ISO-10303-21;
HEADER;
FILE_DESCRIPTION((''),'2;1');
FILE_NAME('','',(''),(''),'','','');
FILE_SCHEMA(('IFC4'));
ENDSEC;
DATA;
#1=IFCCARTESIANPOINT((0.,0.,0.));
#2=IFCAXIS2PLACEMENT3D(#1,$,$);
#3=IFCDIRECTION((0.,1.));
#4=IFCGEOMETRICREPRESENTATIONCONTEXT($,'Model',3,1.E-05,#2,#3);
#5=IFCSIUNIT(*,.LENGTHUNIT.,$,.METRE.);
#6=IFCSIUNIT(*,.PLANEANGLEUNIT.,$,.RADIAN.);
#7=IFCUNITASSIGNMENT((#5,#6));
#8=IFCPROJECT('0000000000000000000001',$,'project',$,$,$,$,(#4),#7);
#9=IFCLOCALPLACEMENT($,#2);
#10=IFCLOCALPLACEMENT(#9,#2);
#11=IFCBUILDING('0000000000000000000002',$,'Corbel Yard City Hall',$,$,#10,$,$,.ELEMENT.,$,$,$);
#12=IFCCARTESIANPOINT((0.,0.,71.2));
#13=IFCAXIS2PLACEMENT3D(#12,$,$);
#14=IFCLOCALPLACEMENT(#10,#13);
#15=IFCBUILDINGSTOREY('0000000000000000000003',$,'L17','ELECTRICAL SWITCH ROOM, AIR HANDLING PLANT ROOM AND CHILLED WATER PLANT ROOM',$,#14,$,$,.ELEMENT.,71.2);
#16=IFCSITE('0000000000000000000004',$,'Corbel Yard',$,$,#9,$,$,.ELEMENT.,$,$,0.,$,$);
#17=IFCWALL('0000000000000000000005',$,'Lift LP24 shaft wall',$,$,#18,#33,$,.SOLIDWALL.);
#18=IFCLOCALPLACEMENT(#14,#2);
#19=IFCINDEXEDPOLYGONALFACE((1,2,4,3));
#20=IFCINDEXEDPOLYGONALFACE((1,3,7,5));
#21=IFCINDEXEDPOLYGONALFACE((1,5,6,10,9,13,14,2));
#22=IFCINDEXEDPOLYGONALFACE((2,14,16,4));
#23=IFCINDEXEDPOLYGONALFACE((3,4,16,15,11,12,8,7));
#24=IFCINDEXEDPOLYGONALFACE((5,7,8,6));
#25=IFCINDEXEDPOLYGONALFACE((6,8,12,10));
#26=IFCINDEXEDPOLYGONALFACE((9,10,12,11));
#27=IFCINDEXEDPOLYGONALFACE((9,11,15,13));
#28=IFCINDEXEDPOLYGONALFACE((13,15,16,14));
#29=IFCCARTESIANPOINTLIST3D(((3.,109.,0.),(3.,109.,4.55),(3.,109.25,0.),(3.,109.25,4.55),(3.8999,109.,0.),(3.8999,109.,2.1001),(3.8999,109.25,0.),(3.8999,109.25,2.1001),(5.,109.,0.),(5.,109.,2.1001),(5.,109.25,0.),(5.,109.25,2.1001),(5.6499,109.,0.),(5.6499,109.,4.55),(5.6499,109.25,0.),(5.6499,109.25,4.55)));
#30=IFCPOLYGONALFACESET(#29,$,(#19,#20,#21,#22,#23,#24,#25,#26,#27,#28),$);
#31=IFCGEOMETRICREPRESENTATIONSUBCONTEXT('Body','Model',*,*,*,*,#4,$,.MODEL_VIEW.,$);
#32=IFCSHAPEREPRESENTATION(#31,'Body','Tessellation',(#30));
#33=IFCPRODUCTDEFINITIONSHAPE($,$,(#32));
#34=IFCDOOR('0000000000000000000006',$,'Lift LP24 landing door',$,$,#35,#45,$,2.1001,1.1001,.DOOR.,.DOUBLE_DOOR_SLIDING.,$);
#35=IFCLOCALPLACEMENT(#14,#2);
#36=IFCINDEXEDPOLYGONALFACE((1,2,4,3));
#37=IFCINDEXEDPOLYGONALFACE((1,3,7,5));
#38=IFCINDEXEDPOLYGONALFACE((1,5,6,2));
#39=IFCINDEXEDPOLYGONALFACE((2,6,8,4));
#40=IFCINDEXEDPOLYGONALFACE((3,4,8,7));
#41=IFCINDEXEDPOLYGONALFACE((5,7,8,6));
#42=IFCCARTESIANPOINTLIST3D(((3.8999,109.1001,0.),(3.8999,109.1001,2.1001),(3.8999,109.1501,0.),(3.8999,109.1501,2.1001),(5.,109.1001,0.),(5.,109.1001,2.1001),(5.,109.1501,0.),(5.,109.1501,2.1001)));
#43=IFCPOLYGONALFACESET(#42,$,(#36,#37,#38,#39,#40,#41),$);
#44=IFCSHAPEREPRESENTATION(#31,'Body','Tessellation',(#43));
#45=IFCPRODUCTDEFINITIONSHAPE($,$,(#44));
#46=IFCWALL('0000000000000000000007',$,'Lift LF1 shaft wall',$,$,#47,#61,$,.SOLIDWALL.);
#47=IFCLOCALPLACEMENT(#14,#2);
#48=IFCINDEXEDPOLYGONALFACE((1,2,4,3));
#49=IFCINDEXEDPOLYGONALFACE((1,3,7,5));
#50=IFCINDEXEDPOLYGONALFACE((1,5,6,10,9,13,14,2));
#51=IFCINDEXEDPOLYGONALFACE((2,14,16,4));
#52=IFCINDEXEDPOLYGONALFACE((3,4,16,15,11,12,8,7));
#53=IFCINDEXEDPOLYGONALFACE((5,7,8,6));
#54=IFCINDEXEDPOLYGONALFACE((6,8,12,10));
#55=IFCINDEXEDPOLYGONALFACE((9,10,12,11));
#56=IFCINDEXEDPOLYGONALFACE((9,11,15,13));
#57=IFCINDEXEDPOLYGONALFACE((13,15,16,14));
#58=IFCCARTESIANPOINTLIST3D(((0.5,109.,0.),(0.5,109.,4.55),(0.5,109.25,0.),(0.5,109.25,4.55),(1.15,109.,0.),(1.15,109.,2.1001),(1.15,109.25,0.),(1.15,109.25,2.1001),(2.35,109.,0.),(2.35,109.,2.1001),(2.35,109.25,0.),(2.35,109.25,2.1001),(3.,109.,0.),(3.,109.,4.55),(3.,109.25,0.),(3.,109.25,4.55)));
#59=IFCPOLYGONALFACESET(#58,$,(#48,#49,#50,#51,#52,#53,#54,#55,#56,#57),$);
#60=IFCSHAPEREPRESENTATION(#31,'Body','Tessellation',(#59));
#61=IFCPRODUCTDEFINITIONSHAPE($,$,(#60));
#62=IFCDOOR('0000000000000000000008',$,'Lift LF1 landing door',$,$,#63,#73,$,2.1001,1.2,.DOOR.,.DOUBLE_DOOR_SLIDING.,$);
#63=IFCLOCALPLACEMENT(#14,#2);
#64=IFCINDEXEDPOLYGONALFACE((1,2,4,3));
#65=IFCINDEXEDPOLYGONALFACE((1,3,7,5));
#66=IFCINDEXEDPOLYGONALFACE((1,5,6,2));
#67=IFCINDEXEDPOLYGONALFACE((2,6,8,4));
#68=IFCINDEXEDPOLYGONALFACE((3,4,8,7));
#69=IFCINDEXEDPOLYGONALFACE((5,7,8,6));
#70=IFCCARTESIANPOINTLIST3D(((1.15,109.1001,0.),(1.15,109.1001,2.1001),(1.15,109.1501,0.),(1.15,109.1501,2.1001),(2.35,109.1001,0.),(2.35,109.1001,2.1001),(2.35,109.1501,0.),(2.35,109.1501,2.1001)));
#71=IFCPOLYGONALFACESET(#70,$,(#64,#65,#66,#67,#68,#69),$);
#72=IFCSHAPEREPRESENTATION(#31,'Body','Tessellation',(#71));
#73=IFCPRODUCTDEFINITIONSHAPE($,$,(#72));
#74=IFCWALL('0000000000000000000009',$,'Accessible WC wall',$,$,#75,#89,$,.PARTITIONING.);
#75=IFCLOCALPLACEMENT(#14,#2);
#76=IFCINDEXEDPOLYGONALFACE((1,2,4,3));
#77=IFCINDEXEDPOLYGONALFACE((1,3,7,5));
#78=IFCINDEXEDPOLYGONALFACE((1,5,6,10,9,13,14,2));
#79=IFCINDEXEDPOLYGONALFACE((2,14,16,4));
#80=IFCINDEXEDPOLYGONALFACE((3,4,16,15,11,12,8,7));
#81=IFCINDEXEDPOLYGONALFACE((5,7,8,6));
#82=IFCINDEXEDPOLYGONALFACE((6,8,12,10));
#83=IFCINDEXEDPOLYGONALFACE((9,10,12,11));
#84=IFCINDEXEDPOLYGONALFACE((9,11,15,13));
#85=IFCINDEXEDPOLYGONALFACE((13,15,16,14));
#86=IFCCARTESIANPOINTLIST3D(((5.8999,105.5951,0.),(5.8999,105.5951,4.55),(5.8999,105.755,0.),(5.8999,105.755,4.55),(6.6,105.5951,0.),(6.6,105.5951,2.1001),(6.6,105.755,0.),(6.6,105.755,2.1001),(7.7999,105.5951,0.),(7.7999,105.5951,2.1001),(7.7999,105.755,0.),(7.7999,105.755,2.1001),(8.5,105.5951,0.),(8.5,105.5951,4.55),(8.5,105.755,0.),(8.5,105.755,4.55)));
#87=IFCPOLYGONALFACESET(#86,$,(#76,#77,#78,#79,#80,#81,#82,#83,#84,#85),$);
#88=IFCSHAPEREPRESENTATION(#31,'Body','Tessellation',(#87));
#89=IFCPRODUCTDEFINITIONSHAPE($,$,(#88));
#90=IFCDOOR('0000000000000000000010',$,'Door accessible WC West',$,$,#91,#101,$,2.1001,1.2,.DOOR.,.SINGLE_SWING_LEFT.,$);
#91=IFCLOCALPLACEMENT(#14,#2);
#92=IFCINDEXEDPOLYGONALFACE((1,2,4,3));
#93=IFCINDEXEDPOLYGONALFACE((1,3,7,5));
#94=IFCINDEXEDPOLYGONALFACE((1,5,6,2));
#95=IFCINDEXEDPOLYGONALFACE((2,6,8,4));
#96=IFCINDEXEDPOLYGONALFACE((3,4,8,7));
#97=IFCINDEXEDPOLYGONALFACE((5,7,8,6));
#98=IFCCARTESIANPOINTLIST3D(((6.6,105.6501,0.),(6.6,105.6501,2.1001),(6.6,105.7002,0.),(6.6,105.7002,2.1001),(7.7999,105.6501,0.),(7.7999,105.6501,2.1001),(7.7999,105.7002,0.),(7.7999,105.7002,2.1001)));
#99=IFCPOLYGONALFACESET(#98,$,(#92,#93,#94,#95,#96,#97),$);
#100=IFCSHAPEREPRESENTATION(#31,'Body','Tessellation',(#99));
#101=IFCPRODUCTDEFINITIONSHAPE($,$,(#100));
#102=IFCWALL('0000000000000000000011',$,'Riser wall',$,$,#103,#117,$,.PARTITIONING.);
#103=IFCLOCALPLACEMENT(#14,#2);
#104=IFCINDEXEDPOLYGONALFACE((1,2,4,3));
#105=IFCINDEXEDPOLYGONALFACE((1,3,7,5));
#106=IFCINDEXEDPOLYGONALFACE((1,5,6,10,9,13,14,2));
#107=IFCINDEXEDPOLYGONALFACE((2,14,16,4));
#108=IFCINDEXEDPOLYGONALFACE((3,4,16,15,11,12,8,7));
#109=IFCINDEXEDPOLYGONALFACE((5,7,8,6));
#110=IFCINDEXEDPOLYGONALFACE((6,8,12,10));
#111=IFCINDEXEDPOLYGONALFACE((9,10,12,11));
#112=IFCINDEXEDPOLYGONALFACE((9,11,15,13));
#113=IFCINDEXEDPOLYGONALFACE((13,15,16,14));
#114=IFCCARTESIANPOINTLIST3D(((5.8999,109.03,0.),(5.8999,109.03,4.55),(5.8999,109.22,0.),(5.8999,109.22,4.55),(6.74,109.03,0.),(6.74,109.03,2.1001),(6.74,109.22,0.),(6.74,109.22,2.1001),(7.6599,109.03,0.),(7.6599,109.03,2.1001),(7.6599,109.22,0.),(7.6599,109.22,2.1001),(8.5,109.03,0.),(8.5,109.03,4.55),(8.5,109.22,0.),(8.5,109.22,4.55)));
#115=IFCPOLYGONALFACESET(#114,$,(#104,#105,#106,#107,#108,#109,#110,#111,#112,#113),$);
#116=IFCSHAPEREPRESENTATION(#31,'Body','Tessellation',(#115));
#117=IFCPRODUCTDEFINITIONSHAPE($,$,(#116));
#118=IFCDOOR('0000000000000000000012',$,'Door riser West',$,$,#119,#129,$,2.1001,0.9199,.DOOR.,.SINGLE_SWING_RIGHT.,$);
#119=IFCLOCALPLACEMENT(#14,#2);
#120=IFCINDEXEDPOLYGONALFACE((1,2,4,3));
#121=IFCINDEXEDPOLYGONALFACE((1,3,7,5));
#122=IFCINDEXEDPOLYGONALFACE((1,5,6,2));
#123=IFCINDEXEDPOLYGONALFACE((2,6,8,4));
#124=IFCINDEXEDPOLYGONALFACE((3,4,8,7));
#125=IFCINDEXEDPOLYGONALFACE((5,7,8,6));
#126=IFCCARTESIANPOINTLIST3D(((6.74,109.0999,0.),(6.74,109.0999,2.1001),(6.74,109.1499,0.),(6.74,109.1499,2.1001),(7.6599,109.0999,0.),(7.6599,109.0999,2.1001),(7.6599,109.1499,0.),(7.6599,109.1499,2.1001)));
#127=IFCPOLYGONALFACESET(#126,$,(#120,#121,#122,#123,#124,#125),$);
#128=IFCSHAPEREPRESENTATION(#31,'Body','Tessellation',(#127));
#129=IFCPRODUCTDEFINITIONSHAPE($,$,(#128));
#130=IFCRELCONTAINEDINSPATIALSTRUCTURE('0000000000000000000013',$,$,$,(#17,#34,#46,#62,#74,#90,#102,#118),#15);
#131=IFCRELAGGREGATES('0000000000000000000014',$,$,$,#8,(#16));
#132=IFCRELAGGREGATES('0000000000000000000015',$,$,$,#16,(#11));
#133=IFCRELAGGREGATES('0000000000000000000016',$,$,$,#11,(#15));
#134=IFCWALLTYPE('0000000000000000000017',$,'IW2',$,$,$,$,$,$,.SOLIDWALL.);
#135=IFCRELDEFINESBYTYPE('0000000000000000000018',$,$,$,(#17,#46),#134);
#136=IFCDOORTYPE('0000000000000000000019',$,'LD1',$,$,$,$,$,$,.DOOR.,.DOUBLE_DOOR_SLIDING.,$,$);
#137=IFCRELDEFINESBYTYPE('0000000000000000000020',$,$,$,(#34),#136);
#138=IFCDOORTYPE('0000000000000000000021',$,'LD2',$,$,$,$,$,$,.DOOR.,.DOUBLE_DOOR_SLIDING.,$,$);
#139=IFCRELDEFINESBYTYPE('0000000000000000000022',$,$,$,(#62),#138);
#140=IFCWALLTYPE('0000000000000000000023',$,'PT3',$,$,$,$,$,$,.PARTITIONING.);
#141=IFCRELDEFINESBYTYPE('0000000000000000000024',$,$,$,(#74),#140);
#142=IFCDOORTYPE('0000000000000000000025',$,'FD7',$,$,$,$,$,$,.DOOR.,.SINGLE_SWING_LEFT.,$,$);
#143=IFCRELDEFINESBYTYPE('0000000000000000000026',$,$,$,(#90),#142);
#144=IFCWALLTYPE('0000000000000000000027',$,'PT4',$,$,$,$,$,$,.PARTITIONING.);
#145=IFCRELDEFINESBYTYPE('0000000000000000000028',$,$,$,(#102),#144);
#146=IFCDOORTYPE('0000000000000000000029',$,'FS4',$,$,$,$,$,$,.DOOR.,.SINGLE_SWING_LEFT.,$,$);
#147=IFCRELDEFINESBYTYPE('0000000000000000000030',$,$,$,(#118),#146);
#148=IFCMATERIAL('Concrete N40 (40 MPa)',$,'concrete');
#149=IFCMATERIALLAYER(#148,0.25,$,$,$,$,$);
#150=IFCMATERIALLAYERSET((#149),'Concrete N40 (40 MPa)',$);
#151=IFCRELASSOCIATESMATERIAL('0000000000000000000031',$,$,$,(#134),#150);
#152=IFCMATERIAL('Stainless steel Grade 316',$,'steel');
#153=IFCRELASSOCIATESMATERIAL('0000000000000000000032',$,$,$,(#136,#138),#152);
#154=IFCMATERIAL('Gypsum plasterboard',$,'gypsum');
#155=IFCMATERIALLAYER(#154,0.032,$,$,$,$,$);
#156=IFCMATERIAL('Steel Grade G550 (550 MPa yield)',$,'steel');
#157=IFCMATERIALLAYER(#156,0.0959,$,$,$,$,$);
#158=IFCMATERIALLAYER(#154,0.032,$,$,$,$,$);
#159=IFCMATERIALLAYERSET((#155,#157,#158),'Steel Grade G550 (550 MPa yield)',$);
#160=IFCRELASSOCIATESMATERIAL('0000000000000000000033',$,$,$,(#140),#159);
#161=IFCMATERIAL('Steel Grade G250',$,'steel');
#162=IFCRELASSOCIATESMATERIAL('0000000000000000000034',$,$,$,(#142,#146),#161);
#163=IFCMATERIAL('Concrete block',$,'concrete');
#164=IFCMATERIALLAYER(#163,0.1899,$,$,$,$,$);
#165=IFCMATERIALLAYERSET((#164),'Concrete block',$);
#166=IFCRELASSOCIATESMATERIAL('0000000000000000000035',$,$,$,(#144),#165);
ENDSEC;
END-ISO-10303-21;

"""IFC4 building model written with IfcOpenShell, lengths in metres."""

from ifc_helpers import new_model, si_unit, direction, frame, frame_2d, origin, place, context, subcontext, project, spatial, rectangle, extrude, material, layer, layer_set, type_object, element, fill, save


model = new_model("IFC4")

# Units and contexts
model_context = context("Model", 3, precision=1e-05, world=origin(), true_north=direction((0.0, 1.0)))
body_context = subcontext(model_context, "Body", "Model", "MODEL_VIEW")
ifc_project = project(units=[si_unit("LENGTHUNIT", "METRE"), si_unit("PLANEANGLEUNIT", "RADIAN")], contexts=[model_context])

# Site, building, storey
site_placement = place(None, origin())
site = spatial("IfcSite", under=ifc_project, at=site_placement, Name="Corbel Yard", CompositionType="ELEMENT", RefElevation=0.0)
building_placement = place(site_placement, origin())
building = spatial("IfcBuilding", under=site, at=building_placement, Name="Corbel Yard City Hall", CompositionType="ELEMENT")
storey_placement = place(building_placement, frame((0.0, 0.0, 71.2)))
storey = spatial("IfcBuildingStorey", under=building, at=storey_placement, Name="L17", Description="ELECTRICAL SWITCH ROOM, AIR HANDLING PLANT ROOM AND CHILLED WATER PLANT ROOM", CompositionType="ELEMENT", Elevation=71.2)

# Shared definitions
ifc_material_1 = material(Name="Concrete N40 (40 MPa)", Category="concrete")
ifc_layer_1 = layer(ifc_material_1, 0.25)
ifc_layer_set_1 = layer_set([ifc_layer_1], Name="Concrete N40 (40 MPa)")
wall_type_1 = type_object("IfcWallType", Name="IW2", PredefinedType="SOLIDWALL", material=ifc_layer_set_1)

# Shared definitions
ifc_material_2 = material(Name="Stainless steel Grade 316", Category="steel")
door_type_1 = type_object("IfcDoorType", Name="LD1", OperationType="DOUBLE_DOOR_SLIDING", PredefinedType="DOOR", material=ifc_material_2)

# Walls, openings, doors
wall_1_placement = place(storey_placement, frame((5.6499, 109.125, 0.0), z_axis=(0.0, 0.0, 1.0), x_axis=(-1.0, 0.0, 0.0)))
wall_1 = element("IfcWall", 1, at=wall_1_placement, inside=storey, type_object=wall_type_1, Name="Lift LP24 shaft wall", PredefinedType="SOLIDWALL", context=body_context, shape_type="SweptSolid", body=[
    extrude(rectangle(XDim=2.6499, YDim=0.25, at=frame_2d((1.325, 0.0))), origin(), (0.0, 0.0, 1.0), 4.55),
])
opening_1_placement = place(wall_1_placement, frame((0.6499, 0.0, 0.0)))
opening_1 = element("IfcOpeningElement", 2, at=opening_1_placement, cuts=wall_1, PredefinedType="OPENING", context=body_context, shape_type="SweptSolid", body=[
    extrude(rectangle(XDim=1.1001, YDim=2.1001, at=frame_2d((0.55, 1.05))), frame((0.0, 0.135, 0.0), z_axis=(0.0, -1.0, 0.0), x_axis=(1.0, 0.0, 0.0)), (0.0, 0.0, 1.0), 0.27),
])
door_1_placement = place(opening_1_placement, origin())
door_1 = element("IfcDoor", 3, at=door_1_placement, inside=storey, type_object=door_type_1, Name="Lift LP24 landing door", OperationType="DOUBLE_DOOR_SLIDING", OverallHeight=2.1001, OverallWidth=1.1001, PredefinedType="DOOR", context=body_context, shape_type="SweptSolid", body=[
    extrude(rectangle(XDim=1.1001, YDim=2.1001, at=frame_2d((0.55, 1.05))), frame((0.0, 0.0249, 0.0), z_axis=(0.0, -1.0, 0.0), x_axis=(1.0, 0.0, 0.0)), (0.0, 0.0, 1.0), 0.05),
])
fill(opening_1, door_1)
wall_2_placement = place(storey_placement, frame((3.0, 109.125, 0.0), z_axis=(0.0, 0.0, 1.0), x_axis=(-1.0, 0.0, 0.0)))
wall_2 = element("IfcWall", 4, at=wall_2_placement, inside=storey, type_object=wall_type_1, Name="Lift LF1 shaft wall", PredefinedType="SOLIDWALL", context=body_context, shape_type="SweptSolid", body=[
    extrude(rectangle(XDim=2.5, YDim=0.25, at=frame_2d((1.25, 0.0))), origin(), (0.0, 0.0, 1.0), 4.55),
])
opening_2_placement = place(wall_2_placement, frame((0.6499, 0.0, 0.0)))
opening_2 = element("IfcOpeningElement", 5, at=opening_2_placement, cuts=wall_2, PredefinedType="OPENING", context=body_context, shape_type="SweptSolid", body=[
    extrude(rectangle(XDim=1.2, YDim=2.1001, at=frame_2d((0.6001, 1.05))), frame((0.0, 0.135, 0.0), z_axis=(0.0, -1.0, 0.0), x_axis=(1.0, 0.0, 0.0)), (0.0, 0.0, 1.0), 0.27),
])
door_type_2 = type_object("IfcDoorType", Name="LD2", OperationType="DOUBLE_DOOR_SLIDING", PredefinedType="DOOR", material=ifc_material_2)
door_2_placement = place(opening_2_placement, origin())
door_2 = element("IfcDoor", 6, at=door_2_placement, inside=storey, type_object=door_type_2, Name="Lift LF1 landing door", OperationType="DOUBLE_DOOR_SLIDING", OverallHeight=2.1001, OverallWidth=1.2, PredefinedType="DOOR", context=body_context, shape_type="SweptSolid", body=[
    extrude(rectangle(XDim=1.2, YDim=2.1001, at=frame_2d((0.6001, 1.05))), frame((0.0, 0.0249, 0.0), z_axis=(0.0, -1.0, 0.0), x_axis=(1.0, 0.0, 0.0)), (0.0, 0.0, 1.0), 0.05),
])
fill(opening_2, door_2)
ifc_material_3 = material(Name="Gypsum plasterboard", Category="gypsum")
ifc_layer_2 = layer(ifc_material_3, 0.032)
ifc_material_4 = material(Name="Steel Grade G550 (550 MPa yield)", Category="steel")
ifc_layer_3 = layer(ifc_material_4, 0.0959)
ifc_layer_4 = layer(ifc_material_3, 0.032)
ifc_layer_set_2 = layer_set([ifc_layer_2, ifc_layer_3, ifc_layer_4], Name="Steel Grade G550 (550 MPa yield)")
wall_type_2 = type_object("IfcWallType", Name="PT3", PredefinedType="PARTITIONING", material=ifc_layer_set_2)
wall_3_placement = place(storey_placement, frame((8.5, 105.675, 0.0), z_axis=(0.0, 0.0, 1.0), x_axis=(-1.0, 0.0, 0.0)))
wall_3 = element("IfcWall", 7, at=wall_3_placement, inside=storey, type_object=wall_type_2, Name="Accessible WC wall", PredefinedType="PARTITIONING", context=body_context, shape_type="SweptSolid", body=[
    extrude(rectangle(XDim=2.6001, YDim=0.1599, at=frame_2d((1.3, 0.0))), origin(), (0.0, 0.0, 1.0), 4.55),
])
opening_3_placement = place(wall_3_placement, frame((0.7, 0.0, 0.0)))
opening_3 = element("IfcOpeningElement", 8, at=opening_3_placement, cuts=wall_3, PredefinedType="OPENING", context=body_context, shape_type="SweptSolid", body=[
    extrude(rectangle(XDim=1.2, YDim=2.1001, at=frame_2d((0.6001, 1.05))), frame((0.0, 0.0898, 0.0), z_axis=(0.0, -1.0, 0.0), x_axis=(1.0, 0.0, 0.0)), (0.0, 0.0, 1.0), 0.1799),
])
ifc_material_5 = material(Name="Steel Grade G250", Category="steel")
door_type_3 = type_object("IfcDoorType", Name="FD7", OperationType="SINGLE_SWING_LEFT", PredefinedType="DOOR", material=ifc_material_5)
door_3_placement = place(opening_3_placement, origin())
door_3 = element("IfcDoor", 9, at=door_3_placement, inside=storey, type_object=door_type_3, Name="Door accessible WC West", OperationType="SINGLE_SWING_LEFT", OverallHeight=2.1001, OverallWidth=1.2, PredefinedType="DOOR", context=body_context, shape_type="SweptSolid", body=[
    extrude(rectangle(XDim=1.2, YDim=2.1001, at=frame_2d((0.6001, 1.05))), frame((0.0, 0.0249, 0.0), z_axis=(0.0, -1.0, 0.0), x_axis=(1.0, 0.0, 0.0)), (0.0, 0.0, 1.0), 0.05),
])
fill(opening_3, door_3)
ifc_material_6 = material(Name="Concrete block", Category="concrete")
ifc_layer_5 = layer(ifc_material_6, 0.1899)
ifc_layer_set_3 = layer_set([ifc_layer_5], Name="Concrete block")
wall_type_3 = type_object("IfcWallType", Name="PT4", PredefinedType="PARTITIONING", material=ifc_layer_set_3)
wall_4_placement = place(storey_placement, frame((8.5, 109.125, 0.0), z_axis=(0.0, 0.0, 1.0), x_axis=(-1.0, 0.0, 0.0)))
wall_4 = element("IfcWall", 10, at=wall_4_placement, inside=storey, type_object=wall_type_3, Name="Riser wall", PredefinedType="PARTITIONING", context=body_context, shape_type="SweptSolid", body=[
    extrude(rectangle(XDim=2.6001, YDim=0.1899, at=frame_2d((1.3, 0.0))), origin(), (0.0, 0.0, 1.0), 4.55),
])
opening_4_placement = place(wall_4_placement, frame((0.8401, 0.0, 0.0)))
opening_4 = element("IfcOpeningElement", 11, at=opening_4_placement, cuts=wall_4, PredefinedType="OPENING", context=body_context, shape_type="SweptSolid", body=[
    extrude(rectangle(XDim=0.9199, YDim=2.1001, at=frame_2d((0.46, 1.05))), frame((0.0, 0.105, 0.0), z_axis=(0.0, -1.0, 0.0), x_axis=(1.0, 0.0, 0.0)), (0.0, 0.0, 1.0), 0.21),
])
door_type_4 = type_object("IfcDoorType", Name="FS4", OperationType="SINGLE_SWING_LEFT", PredefinedType="DOOR", material=ifc_material_5)
door_4_placement = place(opening_4_placement, frame((0.9199, 0.0, 0.0), z_axis=(0.0, 0.0, 1.0), x_axis=(-1.0, 0.0, 0.0)))
door_4 = element("IfcDoor", 12, at=door_4_placement, inside=storey, type_object=door_type_4, Name="Door riser West", OperationType="SINGLE_SWING_RIGHT", OverallHeight=2.1001, OverallWidth=0.9199, PredefinedType="DOOR", context=body_context, shape_type="SweptSolid", body=[
    extrude(rectangle(XDim=0.9199, YDim=2.1001, at=frame_2d((0.46, 1.05))), frame((0.0, 0.0249, 0.0), z_axis=(0.0, -1.0, 0.0), x_axis=(1.0, 0.0, 0.0)), (0.0, 0.0, 1.0), 0.05),
])
fill(opening_4, door_4)

save(model, "model.ifc")
